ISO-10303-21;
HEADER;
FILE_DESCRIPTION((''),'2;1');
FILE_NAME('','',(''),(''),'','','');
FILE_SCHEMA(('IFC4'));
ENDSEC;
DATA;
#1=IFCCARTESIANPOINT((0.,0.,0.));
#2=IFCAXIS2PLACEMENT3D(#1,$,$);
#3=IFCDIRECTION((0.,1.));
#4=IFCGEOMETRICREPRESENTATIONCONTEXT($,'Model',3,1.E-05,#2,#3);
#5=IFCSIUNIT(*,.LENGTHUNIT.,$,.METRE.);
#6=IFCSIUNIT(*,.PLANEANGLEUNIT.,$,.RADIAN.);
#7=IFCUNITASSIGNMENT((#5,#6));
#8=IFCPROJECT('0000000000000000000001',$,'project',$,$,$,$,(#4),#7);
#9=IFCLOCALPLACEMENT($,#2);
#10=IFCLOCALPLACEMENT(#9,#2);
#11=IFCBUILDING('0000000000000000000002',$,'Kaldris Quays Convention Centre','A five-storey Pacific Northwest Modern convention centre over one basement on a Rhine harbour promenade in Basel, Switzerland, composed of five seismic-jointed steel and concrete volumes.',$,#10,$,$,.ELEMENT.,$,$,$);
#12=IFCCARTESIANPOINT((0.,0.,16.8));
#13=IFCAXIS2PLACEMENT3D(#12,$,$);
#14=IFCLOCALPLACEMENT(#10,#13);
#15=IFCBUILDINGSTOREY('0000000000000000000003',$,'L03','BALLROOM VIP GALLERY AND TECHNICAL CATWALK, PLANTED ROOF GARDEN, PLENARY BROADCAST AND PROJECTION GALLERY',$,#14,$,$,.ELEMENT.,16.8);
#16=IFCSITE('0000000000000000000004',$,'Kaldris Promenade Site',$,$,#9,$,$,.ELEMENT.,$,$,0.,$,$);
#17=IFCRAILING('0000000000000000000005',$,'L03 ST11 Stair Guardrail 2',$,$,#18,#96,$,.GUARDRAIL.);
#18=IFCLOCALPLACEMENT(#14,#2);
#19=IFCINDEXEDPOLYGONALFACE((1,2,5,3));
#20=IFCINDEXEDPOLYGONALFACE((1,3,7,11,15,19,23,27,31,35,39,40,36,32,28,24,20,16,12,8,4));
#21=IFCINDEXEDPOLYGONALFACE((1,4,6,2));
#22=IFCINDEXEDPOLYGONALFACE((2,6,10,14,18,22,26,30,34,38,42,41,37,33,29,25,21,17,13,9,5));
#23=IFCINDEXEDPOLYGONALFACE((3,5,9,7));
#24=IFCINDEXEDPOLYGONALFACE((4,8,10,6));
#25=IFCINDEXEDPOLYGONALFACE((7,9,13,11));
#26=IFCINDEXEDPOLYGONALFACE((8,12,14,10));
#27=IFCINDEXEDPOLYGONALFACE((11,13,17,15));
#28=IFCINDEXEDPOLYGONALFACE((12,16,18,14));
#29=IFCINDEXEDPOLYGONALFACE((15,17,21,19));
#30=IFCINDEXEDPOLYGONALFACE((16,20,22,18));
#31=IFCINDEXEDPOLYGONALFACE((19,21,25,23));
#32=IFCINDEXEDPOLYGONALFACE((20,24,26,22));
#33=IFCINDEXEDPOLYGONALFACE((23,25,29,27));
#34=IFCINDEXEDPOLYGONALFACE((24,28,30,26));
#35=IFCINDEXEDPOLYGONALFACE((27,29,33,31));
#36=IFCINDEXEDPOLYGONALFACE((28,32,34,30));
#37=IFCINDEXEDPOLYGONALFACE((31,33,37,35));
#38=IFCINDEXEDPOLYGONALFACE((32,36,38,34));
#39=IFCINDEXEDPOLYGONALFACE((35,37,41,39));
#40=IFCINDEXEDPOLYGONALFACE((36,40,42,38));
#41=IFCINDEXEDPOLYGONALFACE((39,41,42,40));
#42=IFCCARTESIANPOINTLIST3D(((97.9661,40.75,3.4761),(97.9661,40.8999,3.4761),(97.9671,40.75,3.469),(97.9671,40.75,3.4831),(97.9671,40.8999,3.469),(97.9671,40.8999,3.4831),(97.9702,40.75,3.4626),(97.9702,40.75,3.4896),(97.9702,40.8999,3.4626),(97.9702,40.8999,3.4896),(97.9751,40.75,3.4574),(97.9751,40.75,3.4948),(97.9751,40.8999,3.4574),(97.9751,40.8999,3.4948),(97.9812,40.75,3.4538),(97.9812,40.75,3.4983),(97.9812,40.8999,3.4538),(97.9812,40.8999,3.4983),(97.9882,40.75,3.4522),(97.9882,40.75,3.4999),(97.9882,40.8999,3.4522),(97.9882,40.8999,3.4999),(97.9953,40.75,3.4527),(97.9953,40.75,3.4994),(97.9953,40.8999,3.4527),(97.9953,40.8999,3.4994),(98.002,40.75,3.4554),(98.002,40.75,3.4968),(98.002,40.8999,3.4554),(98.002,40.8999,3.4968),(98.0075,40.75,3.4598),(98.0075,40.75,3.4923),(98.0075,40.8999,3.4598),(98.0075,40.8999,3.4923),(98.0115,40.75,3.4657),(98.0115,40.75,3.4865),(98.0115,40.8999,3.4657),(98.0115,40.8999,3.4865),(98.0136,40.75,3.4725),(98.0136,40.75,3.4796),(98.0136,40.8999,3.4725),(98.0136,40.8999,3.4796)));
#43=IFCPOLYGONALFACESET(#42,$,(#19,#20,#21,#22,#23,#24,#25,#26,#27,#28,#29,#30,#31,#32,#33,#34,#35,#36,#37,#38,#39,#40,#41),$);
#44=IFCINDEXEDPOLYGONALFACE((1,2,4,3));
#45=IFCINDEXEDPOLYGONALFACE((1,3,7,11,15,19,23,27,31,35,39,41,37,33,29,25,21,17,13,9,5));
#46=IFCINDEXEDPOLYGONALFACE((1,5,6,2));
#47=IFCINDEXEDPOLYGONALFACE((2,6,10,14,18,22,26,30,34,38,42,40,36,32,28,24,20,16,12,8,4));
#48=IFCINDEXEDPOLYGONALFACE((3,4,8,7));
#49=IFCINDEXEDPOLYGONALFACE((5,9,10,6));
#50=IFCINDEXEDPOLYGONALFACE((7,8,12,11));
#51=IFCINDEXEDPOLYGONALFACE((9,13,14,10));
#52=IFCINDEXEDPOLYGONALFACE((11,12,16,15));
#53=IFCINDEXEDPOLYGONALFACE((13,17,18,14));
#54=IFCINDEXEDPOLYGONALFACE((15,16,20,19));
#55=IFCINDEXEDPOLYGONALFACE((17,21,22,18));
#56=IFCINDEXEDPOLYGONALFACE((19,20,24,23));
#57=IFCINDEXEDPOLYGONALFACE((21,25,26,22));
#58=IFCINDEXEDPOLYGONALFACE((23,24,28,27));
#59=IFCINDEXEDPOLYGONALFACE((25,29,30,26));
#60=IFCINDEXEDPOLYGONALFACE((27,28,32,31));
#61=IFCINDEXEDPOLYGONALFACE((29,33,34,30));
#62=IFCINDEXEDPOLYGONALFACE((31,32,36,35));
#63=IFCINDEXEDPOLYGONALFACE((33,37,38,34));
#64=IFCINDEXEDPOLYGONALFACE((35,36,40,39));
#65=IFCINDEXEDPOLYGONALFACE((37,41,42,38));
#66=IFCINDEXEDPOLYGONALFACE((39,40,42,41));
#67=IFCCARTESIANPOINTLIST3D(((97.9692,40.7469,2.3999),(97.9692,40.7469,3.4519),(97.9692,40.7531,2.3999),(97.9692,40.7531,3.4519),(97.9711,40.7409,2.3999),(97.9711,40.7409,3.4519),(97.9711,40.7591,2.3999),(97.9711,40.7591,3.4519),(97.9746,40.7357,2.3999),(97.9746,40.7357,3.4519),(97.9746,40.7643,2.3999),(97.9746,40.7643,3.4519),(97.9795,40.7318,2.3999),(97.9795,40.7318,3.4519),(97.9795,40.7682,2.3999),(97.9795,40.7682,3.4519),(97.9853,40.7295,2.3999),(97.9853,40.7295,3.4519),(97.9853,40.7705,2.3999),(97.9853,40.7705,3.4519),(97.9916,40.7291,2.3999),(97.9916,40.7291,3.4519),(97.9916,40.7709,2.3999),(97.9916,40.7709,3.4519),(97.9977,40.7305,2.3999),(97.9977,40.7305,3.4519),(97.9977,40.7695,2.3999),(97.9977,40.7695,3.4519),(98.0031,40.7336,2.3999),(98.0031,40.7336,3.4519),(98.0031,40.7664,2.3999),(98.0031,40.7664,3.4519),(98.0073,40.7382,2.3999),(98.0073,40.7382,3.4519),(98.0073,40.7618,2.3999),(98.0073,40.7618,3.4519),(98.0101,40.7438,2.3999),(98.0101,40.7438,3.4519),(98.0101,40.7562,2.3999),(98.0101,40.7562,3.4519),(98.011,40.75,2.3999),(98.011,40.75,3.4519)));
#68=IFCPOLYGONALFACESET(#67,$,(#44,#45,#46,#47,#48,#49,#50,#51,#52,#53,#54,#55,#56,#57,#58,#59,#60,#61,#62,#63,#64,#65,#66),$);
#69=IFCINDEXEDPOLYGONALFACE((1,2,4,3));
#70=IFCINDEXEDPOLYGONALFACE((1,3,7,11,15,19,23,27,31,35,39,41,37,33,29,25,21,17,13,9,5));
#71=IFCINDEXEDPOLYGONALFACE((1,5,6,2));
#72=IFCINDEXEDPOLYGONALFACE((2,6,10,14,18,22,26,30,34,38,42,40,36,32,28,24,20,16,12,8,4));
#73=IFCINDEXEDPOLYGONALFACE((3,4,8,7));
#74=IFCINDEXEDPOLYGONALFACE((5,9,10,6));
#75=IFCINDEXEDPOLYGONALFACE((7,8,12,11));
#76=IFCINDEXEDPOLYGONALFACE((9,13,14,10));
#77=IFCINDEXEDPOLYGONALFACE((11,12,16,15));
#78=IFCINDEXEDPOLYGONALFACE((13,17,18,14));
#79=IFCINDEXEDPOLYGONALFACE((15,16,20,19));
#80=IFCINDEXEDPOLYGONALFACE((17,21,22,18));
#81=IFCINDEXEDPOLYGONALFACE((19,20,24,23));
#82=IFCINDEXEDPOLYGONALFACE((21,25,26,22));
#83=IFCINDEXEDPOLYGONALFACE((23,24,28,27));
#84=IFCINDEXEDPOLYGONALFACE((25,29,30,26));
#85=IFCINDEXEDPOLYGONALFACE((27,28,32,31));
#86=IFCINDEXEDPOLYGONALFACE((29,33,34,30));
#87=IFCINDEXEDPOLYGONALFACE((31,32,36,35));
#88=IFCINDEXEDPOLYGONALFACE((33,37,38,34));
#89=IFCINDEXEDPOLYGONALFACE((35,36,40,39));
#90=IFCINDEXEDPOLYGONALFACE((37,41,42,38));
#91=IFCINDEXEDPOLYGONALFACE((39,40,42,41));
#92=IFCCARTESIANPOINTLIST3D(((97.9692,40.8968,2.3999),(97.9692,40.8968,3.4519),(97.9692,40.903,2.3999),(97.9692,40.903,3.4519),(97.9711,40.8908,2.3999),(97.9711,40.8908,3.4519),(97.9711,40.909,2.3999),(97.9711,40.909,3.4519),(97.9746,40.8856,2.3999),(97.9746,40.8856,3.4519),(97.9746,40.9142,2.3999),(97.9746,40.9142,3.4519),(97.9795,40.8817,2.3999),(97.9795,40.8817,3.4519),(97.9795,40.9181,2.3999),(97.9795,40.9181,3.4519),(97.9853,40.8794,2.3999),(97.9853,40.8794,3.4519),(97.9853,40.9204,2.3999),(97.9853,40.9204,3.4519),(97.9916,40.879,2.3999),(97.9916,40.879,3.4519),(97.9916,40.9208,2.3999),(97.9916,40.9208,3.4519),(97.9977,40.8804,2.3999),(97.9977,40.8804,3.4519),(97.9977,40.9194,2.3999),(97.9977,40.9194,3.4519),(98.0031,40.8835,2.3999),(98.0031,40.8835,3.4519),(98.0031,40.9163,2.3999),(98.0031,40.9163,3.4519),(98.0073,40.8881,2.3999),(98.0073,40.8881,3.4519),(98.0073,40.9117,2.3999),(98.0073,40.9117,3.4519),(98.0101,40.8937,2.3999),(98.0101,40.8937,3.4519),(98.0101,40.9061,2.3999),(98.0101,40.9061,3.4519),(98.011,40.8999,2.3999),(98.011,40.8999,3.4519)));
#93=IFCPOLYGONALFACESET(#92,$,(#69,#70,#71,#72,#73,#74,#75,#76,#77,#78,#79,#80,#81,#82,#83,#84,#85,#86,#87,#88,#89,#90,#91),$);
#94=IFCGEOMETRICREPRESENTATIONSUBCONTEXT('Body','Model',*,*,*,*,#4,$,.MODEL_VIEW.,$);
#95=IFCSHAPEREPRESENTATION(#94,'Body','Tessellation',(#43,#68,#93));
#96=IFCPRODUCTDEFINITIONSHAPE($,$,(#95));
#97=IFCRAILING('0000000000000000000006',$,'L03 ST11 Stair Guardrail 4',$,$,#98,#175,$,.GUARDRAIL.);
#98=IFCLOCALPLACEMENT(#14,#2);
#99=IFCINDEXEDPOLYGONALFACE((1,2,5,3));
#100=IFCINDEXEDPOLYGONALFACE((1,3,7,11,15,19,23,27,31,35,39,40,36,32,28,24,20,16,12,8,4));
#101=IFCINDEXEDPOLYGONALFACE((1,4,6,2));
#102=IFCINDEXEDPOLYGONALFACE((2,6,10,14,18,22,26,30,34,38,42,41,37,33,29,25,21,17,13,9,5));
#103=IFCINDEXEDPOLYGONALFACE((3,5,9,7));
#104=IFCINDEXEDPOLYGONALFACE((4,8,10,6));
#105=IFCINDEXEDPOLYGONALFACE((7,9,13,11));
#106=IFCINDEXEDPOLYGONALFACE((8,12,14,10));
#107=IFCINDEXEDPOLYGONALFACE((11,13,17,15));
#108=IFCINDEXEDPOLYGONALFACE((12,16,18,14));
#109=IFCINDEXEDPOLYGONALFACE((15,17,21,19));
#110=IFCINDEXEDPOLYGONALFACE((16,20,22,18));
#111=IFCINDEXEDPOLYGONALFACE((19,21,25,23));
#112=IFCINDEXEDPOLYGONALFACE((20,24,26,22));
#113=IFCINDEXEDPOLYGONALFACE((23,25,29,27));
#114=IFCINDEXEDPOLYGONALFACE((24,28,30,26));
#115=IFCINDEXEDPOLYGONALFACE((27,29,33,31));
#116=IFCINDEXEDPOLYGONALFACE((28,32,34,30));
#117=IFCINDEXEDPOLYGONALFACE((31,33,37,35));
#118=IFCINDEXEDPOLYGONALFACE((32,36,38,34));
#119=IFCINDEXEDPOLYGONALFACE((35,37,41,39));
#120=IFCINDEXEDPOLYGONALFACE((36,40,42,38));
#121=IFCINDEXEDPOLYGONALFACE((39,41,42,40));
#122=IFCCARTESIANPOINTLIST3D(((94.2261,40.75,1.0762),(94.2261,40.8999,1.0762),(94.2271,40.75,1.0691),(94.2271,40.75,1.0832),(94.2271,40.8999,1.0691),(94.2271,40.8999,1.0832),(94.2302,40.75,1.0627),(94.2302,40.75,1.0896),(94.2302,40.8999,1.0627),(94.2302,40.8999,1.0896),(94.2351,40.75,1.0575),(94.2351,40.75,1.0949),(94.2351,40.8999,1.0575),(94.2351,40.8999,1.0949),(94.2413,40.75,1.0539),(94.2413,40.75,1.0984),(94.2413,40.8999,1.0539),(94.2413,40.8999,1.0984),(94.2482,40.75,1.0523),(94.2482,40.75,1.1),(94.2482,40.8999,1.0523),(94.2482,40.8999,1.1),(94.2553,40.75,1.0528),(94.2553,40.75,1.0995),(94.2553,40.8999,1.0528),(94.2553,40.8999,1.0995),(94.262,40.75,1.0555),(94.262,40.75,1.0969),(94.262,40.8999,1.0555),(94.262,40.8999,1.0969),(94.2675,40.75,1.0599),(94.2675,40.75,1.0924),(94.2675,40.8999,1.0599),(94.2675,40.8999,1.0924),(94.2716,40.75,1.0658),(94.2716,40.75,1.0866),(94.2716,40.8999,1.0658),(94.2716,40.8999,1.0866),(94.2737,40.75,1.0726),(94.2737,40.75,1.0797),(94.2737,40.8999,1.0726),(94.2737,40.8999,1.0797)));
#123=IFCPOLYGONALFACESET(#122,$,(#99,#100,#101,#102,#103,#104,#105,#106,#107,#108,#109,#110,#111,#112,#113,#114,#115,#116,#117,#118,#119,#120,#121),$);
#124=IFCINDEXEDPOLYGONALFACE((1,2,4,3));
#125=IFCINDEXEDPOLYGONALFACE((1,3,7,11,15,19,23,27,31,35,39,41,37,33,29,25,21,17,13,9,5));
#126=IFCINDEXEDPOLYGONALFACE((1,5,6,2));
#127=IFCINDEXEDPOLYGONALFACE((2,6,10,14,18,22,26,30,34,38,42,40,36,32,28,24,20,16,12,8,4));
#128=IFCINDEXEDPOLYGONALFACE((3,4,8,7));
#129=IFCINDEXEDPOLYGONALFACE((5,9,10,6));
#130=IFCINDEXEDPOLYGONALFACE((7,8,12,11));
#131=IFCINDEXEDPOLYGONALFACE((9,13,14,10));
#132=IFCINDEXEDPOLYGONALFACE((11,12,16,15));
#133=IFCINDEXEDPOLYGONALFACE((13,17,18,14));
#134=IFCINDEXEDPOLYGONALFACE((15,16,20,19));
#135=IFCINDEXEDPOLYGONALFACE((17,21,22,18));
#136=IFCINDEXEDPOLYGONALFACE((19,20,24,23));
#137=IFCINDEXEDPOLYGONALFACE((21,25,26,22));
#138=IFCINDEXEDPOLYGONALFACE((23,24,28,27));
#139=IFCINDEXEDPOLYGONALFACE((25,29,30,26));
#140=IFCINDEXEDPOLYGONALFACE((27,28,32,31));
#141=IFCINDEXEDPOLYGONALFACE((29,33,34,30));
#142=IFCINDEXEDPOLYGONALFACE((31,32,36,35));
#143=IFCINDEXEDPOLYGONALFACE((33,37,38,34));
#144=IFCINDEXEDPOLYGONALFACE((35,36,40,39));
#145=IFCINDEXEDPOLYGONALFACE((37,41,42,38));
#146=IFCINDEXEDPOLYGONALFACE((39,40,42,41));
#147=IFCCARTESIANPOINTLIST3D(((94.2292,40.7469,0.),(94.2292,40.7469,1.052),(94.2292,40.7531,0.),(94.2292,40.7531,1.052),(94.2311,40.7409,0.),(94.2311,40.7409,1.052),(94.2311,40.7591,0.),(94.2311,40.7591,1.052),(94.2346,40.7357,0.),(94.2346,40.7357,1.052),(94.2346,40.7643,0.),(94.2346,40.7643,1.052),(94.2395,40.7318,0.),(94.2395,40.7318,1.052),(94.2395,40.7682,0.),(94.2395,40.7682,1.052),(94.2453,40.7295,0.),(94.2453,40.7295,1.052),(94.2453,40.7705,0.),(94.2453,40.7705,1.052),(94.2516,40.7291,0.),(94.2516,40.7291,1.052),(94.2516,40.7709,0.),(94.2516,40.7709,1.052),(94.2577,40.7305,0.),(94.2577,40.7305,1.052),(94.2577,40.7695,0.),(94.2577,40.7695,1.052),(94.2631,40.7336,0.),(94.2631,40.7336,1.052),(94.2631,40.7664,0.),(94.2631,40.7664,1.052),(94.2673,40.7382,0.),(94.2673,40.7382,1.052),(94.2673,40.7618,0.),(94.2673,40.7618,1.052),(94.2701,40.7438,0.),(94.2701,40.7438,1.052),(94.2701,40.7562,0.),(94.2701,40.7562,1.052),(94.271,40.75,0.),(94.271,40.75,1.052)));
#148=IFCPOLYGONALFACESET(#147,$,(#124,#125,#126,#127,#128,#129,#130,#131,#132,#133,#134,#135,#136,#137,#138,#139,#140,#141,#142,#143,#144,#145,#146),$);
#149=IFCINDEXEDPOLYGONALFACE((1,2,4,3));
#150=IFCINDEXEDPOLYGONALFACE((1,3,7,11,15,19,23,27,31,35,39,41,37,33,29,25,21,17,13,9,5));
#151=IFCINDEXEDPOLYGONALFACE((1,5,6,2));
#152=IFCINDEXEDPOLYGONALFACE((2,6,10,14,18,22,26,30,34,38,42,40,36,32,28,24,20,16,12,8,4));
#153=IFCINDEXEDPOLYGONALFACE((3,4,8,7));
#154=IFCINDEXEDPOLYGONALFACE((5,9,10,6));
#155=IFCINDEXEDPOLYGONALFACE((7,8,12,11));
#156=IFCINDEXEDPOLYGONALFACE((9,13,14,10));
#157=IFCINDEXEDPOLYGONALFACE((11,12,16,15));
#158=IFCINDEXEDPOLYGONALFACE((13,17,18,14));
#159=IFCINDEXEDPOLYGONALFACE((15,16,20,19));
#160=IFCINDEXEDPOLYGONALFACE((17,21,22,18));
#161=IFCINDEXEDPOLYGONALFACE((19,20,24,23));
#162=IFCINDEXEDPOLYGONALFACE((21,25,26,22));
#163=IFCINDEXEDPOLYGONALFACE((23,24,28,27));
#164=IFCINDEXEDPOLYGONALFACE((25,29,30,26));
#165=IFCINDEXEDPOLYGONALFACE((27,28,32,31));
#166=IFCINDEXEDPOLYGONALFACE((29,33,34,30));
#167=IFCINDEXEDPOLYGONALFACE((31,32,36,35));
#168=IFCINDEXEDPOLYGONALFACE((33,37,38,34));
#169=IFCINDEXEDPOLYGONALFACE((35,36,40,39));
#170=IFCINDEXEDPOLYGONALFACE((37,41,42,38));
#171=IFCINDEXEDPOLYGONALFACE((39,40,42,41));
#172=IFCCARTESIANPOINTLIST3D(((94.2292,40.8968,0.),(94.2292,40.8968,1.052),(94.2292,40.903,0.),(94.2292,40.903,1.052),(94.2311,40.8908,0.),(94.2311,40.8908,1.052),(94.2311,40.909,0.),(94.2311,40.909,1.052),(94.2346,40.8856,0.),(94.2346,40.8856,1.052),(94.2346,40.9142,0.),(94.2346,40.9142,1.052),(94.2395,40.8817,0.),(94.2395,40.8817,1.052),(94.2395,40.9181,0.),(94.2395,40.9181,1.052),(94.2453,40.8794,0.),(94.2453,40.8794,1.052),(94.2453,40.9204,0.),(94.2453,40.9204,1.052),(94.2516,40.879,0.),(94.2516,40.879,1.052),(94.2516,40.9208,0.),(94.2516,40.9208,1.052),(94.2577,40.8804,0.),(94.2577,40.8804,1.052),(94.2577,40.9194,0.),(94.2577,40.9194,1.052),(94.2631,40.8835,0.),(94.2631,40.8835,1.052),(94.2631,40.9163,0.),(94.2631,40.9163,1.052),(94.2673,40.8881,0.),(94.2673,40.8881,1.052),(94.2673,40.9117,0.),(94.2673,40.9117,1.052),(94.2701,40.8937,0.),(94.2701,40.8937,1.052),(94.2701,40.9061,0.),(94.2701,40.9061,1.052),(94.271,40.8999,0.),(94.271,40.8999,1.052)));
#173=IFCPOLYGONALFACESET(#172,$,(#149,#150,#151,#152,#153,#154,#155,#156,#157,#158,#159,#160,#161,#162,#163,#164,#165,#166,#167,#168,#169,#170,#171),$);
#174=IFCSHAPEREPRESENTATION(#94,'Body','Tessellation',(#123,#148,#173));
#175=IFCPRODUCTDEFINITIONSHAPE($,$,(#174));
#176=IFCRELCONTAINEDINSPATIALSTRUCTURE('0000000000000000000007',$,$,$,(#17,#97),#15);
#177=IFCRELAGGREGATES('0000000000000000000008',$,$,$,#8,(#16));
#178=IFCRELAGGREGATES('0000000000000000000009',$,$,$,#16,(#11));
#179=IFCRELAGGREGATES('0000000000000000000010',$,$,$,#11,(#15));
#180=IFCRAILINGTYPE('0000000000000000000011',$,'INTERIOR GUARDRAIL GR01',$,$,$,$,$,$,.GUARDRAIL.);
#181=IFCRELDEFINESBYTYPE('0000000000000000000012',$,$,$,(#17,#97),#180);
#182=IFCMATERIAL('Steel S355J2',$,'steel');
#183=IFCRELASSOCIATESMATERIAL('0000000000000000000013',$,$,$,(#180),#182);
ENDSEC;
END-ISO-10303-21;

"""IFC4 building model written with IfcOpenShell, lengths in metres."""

from ifc_helpers import new_model, si_unit, direction, frame, origin, origin_2d, place, context, subcontext, project, spatial, circle, extrude, material, type_object, element, save


model = new_model("IFC4")

# Units and contexts
model_context = context("Model", 3, precision=1e-05, world=origin(), true_north=direction((0.0, 1.0)))
body_context = subcontext(model_context, "Body", "Model", "MODEL_VIEW")
ifc_project = project(units=[si_unit("LENGTHUNIT", "METRE"), si_unit("PLANEANGLEUNIT", "RADIAN")], contexts=[model_context])

# Site, building, storey
site_placement = place(None, origin())
site = spatial("IfcSite", under=ifc_project, at=site_placement, Name="Kaldris Promenade Site", CompositionType="ELEMENT", RefElevation=0.0)
building_placement = place(site_placement, origin())
building = spatial("IfcBuilding", under=site, at=building_placement, Name="Kaldris Quays Convention Centre", Description="A five-storey Pacific Northwest Modern convention centre over one basement on a Rhine harbour promenade in Basel, Switzerland, composed of five seismic-jointed steel and concrete volumes.", CompositionType="ELEMENT")
storey_placement = place(building_placement, frame((0.0, 0.0, 16.8)))
storey = spatial("IfcBuildingStorey", under=building, at=storey_placement, Name="L03", Description="BALLROOM VIP GALLERY AND TECHNICAL CATWALK, PLANTED ROOF GARDEN, PLENARY BROADCAST AND PROJECTION GALLERY", CompositionType="ELEMENT", Elevation=16.8)

# Railings
ifc_material_1 = material(Name="Steel S355J2", Category="steel")
railing_type_1 = type_object("IfcRailingType", Name="INTERIOR GUARDRAIL GR01", PredefinedType="GUARDRAIL", material=ifc_material_1)
for number, where, name in (
    (1, (97.99, 40.75, 2.3999), "L03 ST11 Stair Guardrail 2"),
    (2, (94.25, 40.75, 0.0), "L03 ST11 Stair Guardrail 4"),
):
    element("IfcRailing", number, at=place(storey_placement, frame(where)), inside=storey, type_object=railing_type_1, Name=name, PredefinedType="GUARDRAIL", context=body_context, shape_type="SweptSolid", body=[
        extrude(circle(Radius=0.0239, at=origin_2d()), frame((0.0, 0.0, 1.0762), z_axis=(0.0, 1.0, 0.0), x_axis=(-1.0, 0.0, 0.0)), (0.0, 0.0, 1.0), 0.1499),
        extrude(circle(Radius=0.021, at=origin_2d()), origin(), (0.0, 0.0, 1.0), 1.052),
        extrude(circle(Radius=0.021, at=origin_2d()), frame((0.0, 0.1499, 0.0)), (0.0, 0.0, 1.0), 1.052),
    ])

save(model, "model.ifc")
